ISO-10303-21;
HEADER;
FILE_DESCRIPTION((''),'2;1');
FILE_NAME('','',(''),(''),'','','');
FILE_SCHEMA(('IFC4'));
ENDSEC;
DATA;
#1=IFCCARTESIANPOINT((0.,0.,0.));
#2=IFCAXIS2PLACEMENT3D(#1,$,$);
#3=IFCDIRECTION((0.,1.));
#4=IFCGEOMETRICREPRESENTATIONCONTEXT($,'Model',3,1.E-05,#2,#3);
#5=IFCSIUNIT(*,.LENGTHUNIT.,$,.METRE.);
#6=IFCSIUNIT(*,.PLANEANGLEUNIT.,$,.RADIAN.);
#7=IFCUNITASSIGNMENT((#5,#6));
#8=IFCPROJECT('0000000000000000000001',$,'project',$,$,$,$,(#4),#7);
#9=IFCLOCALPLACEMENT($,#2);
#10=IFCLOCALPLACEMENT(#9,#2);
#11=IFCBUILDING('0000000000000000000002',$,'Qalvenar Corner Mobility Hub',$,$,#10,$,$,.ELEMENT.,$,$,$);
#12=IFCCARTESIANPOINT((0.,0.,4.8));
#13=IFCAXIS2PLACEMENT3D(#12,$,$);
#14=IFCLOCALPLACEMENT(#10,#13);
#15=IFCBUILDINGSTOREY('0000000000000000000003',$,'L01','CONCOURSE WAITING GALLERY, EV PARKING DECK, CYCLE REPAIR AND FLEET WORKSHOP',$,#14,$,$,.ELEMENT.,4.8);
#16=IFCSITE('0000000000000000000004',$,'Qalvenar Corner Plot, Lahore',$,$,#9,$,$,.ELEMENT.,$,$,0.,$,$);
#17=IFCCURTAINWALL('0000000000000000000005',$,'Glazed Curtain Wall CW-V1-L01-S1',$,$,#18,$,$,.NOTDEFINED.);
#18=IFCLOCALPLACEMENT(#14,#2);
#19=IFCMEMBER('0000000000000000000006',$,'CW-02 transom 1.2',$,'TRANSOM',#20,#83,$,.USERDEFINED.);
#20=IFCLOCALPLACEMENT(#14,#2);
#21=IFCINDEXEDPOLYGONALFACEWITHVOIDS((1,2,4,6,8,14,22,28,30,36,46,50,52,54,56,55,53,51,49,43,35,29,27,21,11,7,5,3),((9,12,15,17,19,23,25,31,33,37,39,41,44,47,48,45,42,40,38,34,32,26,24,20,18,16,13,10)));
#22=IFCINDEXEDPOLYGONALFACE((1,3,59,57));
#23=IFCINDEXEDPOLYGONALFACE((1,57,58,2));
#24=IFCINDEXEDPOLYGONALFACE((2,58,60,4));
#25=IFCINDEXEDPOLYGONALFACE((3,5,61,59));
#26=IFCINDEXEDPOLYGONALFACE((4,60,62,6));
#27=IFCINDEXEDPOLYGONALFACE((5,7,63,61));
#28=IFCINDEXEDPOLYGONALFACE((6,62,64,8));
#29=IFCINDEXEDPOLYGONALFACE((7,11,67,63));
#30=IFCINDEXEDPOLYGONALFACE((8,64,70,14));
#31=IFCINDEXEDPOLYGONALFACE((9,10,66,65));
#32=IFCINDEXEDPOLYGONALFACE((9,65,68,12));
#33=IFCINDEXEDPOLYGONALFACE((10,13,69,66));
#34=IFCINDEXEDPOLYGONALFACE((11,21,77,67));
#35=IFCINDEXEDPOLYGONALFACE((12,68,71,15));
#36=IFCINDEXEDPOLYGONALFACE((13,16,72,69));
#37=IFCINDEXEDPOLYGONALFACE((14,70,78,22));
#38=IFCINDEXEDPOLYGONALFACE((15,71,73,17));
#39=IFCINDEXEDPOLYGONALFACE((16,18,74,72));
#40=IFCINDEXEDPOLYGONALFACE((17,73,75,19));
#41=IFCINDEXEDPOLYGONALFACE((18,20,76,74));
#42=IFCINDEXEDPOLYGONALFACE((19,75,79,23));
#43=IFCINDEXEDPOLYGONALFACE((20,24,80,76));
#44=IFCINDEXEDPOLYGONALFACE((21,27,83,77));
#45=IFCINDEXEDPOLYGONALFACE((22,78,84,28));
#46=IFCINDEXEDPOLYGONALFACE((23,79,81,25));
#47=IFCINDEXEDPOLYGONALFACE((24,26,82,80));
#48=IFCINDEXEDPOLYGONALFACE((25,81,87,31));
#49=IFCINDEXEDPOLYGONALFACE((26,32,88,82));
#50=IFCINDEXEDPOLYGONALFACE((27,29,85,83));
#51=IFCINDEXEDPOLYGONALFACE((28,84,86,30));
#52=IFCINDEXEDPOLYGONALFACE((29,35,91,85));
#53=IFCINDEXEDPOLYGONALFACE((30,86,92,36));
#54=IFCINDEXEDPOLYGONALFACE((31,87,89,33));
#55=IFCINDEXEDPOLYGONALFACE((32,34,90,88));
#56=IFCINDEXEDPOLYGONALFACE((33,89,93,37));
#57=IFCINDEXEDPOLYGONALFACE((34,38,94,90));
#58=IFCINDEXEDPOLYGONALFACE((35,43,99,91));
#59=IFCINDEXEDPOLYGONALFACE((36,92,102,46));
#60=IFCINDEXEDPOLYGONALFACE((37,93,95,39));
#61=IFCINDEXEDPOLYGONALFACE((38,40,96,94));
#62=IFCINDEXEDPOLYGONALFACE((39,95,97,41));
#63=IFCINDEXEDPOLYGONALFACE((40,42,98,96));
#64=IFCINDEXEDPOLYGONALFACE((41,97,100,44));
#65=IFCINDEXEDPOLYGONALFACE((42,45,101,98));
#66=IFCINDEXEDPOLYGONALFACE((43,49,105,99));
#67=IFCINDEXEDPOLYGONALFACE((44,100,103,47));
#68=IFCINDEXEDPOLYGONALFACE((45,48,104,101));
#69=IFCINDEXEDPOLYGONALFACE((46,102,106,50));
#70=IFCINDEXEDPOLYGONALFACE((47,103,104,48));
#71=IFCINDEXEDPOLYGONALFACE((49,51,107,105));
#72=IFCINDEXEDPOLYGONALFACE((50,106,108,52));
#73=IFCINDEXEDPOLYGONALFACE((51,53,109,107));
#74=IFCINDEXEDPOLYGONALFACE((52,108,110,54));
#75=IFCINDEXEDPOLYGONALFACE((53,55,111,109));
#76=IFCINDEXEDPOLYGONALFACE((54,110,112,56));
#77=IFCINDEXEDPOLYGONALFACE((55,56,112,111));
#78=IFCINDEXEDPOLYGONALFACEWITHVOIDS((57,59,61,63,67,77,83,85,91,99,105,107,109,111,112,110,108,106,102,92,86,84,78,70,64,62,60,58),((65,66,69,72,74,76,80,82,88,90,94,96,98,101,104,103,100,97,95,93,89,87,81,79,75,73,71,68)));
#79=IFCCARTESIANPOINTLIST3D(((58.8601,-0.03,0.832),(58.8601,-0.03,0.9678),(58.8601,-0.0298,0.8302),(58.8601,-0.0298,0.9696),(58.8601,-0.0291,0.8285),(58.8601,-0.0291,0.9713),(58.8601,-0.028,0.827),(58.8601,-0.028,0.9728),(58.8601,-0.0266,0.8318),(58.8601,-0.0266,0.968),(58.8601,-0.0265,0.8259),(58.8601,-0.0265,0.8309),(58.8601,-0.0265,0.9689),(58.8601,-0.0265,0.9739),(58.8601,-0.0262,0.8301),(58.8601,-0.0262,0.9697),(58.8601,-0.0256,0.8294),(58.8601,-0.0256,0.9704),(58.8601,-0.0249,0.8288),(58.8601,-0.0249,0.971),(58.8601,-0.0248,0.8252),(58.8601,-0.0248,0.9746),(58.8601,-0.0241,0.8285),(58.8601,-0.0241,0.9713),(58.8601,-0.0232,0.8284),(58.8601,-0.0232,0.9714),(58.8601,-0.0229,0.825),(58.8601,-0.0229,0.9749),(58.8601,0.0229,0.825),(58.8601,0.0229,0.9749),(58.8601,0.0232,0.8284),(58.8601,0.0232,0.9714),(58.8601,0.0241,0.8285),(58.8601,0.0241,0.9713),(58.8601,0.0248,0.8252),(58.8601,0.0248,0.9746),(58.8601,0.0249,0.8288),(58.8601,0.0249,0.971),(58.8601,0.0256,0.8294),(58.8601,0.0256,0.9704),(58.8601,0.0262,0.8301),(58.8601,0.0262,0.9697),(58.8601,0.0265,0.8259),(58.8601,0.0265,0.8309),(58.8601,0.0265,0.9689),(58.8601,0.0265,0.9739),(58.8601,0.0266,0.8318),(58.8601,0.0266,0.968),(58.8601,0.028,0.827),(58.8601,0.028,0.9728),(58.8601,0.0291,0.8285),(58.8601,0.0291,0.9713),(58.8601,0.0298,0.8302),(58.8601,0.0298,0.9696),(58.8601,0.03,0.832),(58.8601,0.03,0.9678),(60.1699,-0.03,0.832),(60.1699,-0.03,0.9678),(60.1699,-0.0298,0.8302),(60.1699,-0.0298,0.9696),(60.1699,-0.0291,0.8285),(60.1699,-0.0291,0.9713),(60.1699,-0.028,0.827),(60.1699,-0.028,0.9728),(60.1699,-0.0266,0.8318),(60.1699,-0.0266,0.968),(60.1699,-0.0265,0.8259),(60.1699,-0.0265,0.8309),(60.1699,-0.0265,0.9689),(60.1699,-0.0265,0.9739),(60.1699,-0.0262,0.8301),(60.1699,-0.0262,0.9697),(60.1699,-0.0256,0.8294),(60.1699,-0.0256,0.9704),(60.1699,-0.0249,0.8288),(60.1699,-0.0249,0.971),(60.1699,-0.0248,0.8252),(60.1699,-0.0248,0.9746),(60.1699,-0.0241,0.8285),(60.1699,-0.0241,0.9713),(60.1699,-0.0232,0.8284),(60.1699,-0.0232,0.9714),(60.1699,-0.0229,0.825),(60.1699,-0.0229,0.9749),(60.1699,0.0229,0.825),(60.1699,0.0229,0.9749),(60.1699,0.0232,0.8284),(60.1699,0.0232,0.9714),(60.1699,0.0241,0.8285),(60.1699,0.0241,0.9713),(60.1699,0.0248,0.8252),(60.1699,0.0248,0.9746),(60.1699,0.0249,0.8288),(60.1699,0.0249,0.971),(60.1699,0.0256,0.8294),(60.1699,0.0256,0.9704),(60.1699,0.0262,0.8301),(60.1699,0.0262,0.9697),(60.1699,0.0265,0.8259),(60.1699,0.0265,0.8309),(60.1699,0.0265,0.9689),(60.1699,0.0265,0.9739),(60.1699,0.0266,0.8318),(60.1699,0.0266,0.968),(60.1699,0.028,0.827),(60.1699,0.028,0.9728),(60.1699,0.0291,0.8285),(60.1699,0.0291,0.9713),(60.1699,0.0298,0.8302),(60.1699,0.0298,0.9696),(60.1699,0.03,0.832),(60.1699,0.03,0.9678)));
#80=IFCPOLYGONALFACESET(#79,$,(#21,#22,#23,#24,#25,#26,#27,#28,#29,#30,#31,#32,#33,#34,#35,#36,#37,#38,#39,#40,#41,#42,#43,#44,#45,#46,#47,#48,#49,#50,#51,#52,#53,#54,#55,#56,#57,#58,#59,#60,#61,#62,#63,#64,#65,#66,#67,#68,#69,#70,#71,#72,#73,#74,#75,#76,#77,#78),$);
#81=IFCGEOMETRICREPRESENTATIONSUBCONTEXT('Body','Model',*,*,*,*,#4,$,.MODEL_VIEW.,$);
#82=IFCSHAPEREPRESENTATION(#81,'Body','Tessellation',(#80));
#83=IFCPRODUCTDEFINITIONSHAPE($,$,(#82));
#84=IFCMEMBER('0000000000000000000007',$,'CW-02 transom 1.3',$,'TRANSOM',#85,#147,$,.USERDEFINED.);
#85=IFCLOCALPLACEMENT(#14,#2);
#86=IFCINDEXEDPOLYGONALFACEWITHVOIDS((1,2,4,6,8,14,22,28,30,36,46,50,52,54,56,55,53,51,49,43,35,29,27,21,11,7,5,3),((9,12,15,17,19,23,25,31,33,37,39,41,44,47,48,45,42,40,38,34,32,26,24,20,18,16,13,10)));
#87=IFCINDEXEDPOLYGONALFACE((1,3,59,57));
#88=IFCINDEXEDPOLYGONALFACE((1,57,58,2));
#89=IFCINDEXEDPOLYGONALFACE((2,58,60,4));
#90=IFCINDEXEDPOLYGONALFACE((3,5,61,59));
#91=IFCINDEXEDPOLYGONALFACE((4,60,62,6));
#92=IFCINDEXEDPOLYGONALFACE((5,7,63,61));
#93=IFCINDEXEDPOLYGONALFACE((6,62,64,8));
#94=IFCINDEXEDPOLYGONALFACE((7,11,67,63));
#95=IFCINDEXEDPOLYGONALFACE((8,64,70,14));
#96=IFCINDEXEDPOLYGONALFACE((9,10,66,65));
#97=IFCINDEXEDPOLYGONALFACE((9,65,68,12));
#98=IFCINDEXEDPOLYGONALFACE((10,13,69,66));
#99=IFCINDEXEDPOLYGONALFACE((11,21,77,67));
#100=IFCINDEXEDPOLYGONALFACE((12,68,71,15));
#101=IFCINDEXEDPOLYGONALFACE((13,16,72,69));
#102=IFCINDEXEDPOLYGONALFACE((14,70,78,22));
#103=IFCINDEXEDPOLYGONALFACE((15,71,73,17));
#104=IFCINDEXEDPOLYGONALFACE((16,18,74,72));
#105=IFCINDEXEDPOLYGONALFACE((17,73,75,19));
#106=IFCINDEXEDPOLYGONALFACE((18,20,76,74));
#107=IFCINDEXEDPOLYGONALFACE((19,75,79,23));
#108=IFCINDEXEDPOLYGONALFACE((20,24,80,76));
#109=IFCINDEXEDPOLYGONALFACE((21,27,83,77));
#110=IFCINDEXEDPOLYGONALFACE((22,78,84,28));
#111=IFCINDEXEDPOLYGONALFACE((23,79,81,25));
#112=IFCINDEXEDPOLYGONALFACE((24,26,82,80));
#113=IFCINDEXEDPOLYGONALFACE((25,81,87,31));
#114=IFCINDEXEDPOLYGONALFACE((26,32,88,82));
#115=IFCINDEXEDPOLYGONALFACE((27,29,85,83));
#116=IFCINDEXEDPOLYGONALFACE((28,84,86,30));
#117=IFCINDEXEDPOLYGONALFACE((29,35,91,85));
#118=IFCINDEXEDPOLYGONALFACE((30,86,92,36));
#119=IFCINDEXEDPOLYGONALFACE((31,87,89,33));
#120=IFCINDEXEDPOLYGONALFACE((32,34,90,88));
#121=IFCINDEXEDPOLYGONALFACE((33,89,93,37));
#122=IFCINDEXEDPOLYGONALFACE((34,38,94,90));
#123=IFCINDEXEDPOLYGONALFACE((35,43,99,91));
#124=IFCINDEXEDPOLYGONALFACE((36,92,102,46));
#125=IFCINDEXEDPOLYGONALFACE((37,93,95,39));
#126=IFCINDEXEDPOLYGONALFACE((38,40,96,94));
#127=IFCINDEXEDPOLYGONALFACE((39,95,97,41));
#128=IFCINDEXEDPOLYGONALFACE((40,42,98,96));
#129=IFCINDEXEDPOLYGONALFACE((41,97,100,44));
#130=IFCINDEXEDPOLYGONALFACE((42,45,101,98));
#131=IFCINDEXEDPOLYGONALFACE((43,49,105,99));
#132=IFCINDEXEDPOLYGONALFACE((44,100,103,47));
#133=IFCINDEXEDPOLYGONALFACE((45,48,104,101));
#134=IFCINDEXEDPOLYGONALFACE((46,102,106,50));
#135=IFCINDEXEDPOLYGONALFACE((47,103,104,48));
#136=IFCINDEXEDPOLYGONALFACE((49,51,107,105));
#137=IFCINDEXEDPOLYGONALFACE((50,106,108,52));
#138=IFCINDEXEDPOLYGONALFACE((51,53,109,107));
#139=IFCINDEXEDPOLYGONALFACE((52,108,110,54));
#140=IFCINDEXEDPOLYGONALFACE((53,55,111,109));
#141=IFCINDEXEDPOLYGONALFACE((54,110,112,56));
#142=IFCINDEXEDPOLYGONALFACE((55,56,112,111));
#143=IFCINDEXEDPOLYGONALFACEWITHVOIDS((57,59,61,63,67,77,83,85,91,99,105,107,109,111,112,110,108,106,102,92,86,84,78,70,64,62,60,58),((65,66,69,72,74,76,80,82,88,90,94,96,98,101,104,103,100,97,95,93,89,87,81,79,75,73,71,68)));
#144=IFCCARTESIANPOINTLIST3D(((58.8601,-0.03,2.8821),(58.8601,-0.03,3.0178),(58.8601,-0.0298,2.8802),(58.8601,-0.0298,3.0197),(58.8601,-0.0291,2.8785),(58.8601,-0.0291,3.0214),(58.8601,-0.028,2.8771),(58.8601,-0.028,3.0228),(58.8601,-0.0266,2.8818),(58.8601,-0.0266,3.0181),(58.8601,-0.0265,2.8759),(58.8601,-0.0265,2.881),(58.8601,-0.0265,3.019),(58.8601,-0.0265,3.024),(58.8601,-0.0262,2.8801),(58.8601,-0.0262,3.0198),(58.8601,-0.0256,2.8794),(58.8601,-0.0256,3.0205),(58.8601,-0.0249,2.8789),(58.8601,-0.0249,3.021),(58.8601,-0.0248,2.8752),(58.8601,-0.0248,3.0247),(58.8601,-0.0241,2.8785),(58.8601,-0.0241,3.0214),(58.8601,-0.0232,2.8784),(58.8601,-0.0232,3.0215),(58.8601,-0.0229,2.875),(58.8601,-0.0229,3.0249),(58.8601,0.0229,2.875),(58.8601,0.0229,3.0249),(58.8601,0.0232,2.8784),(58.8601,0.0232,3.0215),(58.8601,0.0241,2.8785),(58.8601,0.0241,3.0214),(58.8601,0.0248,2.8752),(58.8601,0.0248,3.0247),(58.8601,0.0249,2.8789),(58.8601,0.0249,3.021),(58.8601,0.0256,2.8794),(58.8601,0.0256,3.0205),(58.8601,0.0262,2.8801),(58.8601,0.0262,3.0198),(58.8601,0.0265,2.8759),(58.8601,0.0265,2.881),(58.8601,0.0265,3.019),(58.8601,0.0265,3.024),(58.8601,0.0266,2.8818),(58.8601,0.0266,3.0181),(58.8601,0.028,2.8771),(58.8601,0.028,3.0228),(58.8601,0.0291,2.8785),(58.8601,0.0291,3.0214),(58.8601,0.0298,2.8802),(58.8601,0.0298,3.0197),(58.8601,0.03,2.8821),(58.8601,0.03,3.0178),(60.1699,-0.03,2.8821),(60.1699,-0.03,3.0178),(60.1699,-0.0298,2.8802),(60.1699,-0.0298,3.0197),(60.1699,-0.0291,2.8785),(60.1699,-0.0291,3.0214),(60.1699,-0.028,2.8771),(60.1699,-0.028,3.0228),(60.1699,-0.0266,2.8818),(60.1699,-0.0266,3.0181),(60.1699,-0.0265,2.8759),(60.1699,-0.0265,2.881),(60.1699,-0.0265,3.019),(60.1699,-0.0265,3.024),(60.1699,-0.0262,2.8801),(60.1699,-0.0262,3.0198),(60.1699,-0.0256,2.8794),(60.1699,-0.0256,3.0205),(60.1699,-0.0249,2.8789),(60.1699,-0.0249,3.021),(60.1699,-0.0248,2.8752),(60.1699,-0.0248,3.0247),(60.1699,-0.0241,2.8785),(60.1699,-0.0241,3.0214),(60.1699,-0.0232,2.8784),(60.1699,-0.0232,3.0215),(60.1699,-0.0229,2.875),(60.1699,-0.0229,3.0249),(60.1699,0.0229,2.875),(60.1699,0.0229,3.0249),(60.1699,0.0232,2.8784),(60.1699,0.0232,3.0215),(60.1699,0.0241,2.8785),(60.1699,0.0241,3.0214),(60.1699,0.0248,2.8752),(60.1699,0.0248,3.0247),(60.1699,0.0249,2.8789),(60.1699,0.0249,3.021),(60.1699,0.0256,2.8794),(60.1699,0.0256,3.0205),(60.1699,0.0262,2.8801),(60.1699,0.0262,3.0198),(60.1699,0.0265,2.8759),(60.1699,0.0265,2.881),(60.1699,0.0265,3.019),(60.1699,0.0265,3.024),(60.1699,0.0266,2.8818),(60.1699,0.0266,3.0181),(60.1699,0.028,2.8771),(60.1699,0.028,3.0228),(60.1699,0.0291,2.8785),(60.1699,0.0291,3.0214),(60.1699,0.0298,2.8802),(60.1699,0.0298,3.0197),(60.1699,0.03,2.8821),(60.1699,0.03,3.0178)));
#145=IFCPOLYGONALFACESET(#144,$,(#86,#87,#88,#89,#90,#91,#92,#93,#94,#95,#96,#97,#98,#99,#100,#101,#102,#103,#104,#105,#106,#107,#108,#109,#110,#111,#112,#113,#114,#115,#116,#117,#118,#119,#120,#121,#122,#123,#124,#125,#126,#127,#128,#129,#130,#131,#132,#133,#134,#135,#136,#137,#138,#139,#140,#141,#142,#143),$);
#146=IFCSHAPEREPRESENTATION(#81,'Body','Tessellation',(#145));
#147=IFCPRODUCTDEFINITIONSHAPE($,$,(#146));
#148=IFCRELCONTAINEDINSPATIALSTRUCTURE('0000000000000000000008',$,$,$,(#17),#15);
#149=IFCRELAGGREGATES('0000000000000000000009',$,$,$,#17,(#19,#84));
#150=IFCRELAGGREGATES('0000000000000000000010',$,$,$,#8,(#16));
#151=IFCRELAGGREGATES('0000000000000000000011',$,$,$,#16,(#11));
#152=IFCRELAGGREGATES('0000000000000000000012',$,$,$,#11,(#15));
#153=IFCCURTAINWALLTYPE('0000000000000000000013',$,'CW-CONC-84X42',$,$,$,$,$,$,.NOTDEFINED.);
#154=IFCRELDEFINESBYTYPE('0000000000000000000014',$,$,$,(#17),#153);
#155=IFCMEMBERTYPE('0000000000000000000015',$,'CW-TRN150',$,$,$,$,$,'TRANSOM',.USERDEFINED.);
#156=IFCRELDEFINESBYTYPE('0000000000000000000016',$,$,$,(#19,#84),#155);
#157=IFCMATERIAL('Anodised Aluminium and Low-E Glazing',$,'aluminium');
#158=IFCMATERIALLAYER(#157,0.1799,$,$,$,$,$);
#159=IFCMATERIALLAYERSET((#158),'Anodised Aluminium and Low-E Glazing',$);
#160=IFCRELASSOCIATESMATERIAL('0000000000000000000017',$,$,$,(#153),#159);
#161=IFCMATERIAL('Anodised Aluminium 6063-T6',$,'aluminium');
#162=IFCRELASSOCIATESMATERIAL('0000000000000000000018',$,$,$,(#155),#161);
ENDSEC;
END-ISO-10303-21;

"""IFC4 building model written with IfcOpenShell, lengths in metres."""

from ifc_helpers import new_model, si_unit, direction, frame, origin, origin_2d, place, context, subcontext, project, spatial, hollow_rectangle, extrude, material, layer, layer_set, material_profile, profile_set, type_object, element, aggregate, save


model = new_model("IFC4")

# Units and contexts
model_context = context("Model", 3, precision=1e-05, world=origin(), true_north=direction((0.0, 1.0)))
body_context = subcontext(model_context, "Body", "Model", "MODEL_VIEW")
ifc_project = project(units=[si_unit("LENGTHUNIT", "METRE"), si_unit("PLANEANGLEUNIT", "RADIAN")], contexts=[model_context])

# Site, building, storey
site_placement = place(None, origin())
site = spatial("IfcSite", under=ifc_project, at=site_placement, Name="Qalvenar Corner Plot, Lahore", CompositionType="ELEMENT", RefElevation=0.0)
building_placement = place(site_placement, origin())
building = spatial("IfcBuilding", under=site, at=building_placement, Name="Qalvenar Corner Mobility Hub", CompositionType="ELEMENT")
storey_placement = place(building_placement, frame((0.0, 0.0, 4.8)))
storey = spatial("IfcBuildingStorey", under=building, at=storey_placement, Name="L01", Description="CONCOURSE WAITING GALLERY, EV PARKING DECK, CYCLE REPAIR AND FLEET WORKSHOP", CompositionType="ELEMENT", Elevation=4.8)

# Curtain wall, members
ifc_material_1 = material(Name="Anodised Aluminium and Low-E Glazing", Category="aluminium")
ifc_layer_1 = layer(ifc_material_1, 0.1799)
ifc_layer_set_1 = layer_set([ifc_layer_1], Name="Anodised Aluminium and Low-E Glazing")
curtain_wall_type = type_object("IfcCurtainWallType", Name="CW-CONC-84X42", PredefinedType="NOTDEFINED", material=ifc_layer_set_1)
curtain_wall_placement = place(storey_placement, origin())
curtain_wall = element("IfcCurtainWall", 1, at=curtain_wall_placement, inside=storey, type_object=curtain_wall_type, Name="Glazed Curtain Wall CW-V1-L01-S1", PredefinedType="NOTDEFINED")
ifc_material_2 = material(Name="Anodised Aluminium 6063-T6", Category="aluminium")
ifc_material_profile_1 = material_profile(ifc_material_2, hollow_rectangle(XDim=0.0601, YDim=0.1499, WallThickness=0.0034, InnerFilletRadius=0.0034, OuterFilletRadius=0.0071, at=origin_2d()), Name="RHS150x60x3.5")
ifc_profile_set_1 = profile_set([ifc_material_profile_1], Name="Anodised Aluminium 6063-T6")
member_type_1 = type_object("IfcMemberType", Name="CW-TRN150", ElementType="TRANSOM", PredefinedType="USERDEFINED", material=ifc_profile_set_1)
member_1_placement = place(storey_placement, frame((58.8601, 0.0, 0.8999), z_axis=(1.0, 0.0, 0.0), x_axis=(0.0, 1.0, 0.0)))
member_1 = element("IfcMember", 2, at=member_1_placement, type_object=member_type_1, Name="CW-02 transom 1.2", ObjectType="TRANSOM", PredefinedType="USERDEFINED", context=body_context, shape_type="SweptSolid", body=[
    extrude(hollow_rectangle(XDim=0.0601, YDim=0.1499, WallThickness=0.0034, InnerFilletRadius=0.0034, OuterFilletRadius=0.0071, at=origin_2d()), origin(), (0.0, 0.0, 1.0), 1.3098),
])
member_2_placement = place(storey_placement, frame((58.8601, 0.0, 2.95), z_axis=(1.0, 0.0, 0.0), x_axis=(0.0, 1.0, 0.0)))
member_2 = element("IfcMember", 3, at=member_2_placement, type_object=member_type_1, Name="CW-02 transom 1.3", ObjectType="TRANSOM", PredefinedType="USERDEFINED", context=body_context, shape_type="SweptSolid", body=[
    extrude(hollow_rectangle(XDim=0.0601, YDim=0.1499, WallThickness=0.0034, InnerFilletRadius=0.0034, OuterFilletRadius=0.0071, at=origin_2d()), origin(), (0.0, 0.0, 1.0), 1.3098),
])
aggregate(curtain_wall, [member_1, member_2])

save(model, "model.ifc")
